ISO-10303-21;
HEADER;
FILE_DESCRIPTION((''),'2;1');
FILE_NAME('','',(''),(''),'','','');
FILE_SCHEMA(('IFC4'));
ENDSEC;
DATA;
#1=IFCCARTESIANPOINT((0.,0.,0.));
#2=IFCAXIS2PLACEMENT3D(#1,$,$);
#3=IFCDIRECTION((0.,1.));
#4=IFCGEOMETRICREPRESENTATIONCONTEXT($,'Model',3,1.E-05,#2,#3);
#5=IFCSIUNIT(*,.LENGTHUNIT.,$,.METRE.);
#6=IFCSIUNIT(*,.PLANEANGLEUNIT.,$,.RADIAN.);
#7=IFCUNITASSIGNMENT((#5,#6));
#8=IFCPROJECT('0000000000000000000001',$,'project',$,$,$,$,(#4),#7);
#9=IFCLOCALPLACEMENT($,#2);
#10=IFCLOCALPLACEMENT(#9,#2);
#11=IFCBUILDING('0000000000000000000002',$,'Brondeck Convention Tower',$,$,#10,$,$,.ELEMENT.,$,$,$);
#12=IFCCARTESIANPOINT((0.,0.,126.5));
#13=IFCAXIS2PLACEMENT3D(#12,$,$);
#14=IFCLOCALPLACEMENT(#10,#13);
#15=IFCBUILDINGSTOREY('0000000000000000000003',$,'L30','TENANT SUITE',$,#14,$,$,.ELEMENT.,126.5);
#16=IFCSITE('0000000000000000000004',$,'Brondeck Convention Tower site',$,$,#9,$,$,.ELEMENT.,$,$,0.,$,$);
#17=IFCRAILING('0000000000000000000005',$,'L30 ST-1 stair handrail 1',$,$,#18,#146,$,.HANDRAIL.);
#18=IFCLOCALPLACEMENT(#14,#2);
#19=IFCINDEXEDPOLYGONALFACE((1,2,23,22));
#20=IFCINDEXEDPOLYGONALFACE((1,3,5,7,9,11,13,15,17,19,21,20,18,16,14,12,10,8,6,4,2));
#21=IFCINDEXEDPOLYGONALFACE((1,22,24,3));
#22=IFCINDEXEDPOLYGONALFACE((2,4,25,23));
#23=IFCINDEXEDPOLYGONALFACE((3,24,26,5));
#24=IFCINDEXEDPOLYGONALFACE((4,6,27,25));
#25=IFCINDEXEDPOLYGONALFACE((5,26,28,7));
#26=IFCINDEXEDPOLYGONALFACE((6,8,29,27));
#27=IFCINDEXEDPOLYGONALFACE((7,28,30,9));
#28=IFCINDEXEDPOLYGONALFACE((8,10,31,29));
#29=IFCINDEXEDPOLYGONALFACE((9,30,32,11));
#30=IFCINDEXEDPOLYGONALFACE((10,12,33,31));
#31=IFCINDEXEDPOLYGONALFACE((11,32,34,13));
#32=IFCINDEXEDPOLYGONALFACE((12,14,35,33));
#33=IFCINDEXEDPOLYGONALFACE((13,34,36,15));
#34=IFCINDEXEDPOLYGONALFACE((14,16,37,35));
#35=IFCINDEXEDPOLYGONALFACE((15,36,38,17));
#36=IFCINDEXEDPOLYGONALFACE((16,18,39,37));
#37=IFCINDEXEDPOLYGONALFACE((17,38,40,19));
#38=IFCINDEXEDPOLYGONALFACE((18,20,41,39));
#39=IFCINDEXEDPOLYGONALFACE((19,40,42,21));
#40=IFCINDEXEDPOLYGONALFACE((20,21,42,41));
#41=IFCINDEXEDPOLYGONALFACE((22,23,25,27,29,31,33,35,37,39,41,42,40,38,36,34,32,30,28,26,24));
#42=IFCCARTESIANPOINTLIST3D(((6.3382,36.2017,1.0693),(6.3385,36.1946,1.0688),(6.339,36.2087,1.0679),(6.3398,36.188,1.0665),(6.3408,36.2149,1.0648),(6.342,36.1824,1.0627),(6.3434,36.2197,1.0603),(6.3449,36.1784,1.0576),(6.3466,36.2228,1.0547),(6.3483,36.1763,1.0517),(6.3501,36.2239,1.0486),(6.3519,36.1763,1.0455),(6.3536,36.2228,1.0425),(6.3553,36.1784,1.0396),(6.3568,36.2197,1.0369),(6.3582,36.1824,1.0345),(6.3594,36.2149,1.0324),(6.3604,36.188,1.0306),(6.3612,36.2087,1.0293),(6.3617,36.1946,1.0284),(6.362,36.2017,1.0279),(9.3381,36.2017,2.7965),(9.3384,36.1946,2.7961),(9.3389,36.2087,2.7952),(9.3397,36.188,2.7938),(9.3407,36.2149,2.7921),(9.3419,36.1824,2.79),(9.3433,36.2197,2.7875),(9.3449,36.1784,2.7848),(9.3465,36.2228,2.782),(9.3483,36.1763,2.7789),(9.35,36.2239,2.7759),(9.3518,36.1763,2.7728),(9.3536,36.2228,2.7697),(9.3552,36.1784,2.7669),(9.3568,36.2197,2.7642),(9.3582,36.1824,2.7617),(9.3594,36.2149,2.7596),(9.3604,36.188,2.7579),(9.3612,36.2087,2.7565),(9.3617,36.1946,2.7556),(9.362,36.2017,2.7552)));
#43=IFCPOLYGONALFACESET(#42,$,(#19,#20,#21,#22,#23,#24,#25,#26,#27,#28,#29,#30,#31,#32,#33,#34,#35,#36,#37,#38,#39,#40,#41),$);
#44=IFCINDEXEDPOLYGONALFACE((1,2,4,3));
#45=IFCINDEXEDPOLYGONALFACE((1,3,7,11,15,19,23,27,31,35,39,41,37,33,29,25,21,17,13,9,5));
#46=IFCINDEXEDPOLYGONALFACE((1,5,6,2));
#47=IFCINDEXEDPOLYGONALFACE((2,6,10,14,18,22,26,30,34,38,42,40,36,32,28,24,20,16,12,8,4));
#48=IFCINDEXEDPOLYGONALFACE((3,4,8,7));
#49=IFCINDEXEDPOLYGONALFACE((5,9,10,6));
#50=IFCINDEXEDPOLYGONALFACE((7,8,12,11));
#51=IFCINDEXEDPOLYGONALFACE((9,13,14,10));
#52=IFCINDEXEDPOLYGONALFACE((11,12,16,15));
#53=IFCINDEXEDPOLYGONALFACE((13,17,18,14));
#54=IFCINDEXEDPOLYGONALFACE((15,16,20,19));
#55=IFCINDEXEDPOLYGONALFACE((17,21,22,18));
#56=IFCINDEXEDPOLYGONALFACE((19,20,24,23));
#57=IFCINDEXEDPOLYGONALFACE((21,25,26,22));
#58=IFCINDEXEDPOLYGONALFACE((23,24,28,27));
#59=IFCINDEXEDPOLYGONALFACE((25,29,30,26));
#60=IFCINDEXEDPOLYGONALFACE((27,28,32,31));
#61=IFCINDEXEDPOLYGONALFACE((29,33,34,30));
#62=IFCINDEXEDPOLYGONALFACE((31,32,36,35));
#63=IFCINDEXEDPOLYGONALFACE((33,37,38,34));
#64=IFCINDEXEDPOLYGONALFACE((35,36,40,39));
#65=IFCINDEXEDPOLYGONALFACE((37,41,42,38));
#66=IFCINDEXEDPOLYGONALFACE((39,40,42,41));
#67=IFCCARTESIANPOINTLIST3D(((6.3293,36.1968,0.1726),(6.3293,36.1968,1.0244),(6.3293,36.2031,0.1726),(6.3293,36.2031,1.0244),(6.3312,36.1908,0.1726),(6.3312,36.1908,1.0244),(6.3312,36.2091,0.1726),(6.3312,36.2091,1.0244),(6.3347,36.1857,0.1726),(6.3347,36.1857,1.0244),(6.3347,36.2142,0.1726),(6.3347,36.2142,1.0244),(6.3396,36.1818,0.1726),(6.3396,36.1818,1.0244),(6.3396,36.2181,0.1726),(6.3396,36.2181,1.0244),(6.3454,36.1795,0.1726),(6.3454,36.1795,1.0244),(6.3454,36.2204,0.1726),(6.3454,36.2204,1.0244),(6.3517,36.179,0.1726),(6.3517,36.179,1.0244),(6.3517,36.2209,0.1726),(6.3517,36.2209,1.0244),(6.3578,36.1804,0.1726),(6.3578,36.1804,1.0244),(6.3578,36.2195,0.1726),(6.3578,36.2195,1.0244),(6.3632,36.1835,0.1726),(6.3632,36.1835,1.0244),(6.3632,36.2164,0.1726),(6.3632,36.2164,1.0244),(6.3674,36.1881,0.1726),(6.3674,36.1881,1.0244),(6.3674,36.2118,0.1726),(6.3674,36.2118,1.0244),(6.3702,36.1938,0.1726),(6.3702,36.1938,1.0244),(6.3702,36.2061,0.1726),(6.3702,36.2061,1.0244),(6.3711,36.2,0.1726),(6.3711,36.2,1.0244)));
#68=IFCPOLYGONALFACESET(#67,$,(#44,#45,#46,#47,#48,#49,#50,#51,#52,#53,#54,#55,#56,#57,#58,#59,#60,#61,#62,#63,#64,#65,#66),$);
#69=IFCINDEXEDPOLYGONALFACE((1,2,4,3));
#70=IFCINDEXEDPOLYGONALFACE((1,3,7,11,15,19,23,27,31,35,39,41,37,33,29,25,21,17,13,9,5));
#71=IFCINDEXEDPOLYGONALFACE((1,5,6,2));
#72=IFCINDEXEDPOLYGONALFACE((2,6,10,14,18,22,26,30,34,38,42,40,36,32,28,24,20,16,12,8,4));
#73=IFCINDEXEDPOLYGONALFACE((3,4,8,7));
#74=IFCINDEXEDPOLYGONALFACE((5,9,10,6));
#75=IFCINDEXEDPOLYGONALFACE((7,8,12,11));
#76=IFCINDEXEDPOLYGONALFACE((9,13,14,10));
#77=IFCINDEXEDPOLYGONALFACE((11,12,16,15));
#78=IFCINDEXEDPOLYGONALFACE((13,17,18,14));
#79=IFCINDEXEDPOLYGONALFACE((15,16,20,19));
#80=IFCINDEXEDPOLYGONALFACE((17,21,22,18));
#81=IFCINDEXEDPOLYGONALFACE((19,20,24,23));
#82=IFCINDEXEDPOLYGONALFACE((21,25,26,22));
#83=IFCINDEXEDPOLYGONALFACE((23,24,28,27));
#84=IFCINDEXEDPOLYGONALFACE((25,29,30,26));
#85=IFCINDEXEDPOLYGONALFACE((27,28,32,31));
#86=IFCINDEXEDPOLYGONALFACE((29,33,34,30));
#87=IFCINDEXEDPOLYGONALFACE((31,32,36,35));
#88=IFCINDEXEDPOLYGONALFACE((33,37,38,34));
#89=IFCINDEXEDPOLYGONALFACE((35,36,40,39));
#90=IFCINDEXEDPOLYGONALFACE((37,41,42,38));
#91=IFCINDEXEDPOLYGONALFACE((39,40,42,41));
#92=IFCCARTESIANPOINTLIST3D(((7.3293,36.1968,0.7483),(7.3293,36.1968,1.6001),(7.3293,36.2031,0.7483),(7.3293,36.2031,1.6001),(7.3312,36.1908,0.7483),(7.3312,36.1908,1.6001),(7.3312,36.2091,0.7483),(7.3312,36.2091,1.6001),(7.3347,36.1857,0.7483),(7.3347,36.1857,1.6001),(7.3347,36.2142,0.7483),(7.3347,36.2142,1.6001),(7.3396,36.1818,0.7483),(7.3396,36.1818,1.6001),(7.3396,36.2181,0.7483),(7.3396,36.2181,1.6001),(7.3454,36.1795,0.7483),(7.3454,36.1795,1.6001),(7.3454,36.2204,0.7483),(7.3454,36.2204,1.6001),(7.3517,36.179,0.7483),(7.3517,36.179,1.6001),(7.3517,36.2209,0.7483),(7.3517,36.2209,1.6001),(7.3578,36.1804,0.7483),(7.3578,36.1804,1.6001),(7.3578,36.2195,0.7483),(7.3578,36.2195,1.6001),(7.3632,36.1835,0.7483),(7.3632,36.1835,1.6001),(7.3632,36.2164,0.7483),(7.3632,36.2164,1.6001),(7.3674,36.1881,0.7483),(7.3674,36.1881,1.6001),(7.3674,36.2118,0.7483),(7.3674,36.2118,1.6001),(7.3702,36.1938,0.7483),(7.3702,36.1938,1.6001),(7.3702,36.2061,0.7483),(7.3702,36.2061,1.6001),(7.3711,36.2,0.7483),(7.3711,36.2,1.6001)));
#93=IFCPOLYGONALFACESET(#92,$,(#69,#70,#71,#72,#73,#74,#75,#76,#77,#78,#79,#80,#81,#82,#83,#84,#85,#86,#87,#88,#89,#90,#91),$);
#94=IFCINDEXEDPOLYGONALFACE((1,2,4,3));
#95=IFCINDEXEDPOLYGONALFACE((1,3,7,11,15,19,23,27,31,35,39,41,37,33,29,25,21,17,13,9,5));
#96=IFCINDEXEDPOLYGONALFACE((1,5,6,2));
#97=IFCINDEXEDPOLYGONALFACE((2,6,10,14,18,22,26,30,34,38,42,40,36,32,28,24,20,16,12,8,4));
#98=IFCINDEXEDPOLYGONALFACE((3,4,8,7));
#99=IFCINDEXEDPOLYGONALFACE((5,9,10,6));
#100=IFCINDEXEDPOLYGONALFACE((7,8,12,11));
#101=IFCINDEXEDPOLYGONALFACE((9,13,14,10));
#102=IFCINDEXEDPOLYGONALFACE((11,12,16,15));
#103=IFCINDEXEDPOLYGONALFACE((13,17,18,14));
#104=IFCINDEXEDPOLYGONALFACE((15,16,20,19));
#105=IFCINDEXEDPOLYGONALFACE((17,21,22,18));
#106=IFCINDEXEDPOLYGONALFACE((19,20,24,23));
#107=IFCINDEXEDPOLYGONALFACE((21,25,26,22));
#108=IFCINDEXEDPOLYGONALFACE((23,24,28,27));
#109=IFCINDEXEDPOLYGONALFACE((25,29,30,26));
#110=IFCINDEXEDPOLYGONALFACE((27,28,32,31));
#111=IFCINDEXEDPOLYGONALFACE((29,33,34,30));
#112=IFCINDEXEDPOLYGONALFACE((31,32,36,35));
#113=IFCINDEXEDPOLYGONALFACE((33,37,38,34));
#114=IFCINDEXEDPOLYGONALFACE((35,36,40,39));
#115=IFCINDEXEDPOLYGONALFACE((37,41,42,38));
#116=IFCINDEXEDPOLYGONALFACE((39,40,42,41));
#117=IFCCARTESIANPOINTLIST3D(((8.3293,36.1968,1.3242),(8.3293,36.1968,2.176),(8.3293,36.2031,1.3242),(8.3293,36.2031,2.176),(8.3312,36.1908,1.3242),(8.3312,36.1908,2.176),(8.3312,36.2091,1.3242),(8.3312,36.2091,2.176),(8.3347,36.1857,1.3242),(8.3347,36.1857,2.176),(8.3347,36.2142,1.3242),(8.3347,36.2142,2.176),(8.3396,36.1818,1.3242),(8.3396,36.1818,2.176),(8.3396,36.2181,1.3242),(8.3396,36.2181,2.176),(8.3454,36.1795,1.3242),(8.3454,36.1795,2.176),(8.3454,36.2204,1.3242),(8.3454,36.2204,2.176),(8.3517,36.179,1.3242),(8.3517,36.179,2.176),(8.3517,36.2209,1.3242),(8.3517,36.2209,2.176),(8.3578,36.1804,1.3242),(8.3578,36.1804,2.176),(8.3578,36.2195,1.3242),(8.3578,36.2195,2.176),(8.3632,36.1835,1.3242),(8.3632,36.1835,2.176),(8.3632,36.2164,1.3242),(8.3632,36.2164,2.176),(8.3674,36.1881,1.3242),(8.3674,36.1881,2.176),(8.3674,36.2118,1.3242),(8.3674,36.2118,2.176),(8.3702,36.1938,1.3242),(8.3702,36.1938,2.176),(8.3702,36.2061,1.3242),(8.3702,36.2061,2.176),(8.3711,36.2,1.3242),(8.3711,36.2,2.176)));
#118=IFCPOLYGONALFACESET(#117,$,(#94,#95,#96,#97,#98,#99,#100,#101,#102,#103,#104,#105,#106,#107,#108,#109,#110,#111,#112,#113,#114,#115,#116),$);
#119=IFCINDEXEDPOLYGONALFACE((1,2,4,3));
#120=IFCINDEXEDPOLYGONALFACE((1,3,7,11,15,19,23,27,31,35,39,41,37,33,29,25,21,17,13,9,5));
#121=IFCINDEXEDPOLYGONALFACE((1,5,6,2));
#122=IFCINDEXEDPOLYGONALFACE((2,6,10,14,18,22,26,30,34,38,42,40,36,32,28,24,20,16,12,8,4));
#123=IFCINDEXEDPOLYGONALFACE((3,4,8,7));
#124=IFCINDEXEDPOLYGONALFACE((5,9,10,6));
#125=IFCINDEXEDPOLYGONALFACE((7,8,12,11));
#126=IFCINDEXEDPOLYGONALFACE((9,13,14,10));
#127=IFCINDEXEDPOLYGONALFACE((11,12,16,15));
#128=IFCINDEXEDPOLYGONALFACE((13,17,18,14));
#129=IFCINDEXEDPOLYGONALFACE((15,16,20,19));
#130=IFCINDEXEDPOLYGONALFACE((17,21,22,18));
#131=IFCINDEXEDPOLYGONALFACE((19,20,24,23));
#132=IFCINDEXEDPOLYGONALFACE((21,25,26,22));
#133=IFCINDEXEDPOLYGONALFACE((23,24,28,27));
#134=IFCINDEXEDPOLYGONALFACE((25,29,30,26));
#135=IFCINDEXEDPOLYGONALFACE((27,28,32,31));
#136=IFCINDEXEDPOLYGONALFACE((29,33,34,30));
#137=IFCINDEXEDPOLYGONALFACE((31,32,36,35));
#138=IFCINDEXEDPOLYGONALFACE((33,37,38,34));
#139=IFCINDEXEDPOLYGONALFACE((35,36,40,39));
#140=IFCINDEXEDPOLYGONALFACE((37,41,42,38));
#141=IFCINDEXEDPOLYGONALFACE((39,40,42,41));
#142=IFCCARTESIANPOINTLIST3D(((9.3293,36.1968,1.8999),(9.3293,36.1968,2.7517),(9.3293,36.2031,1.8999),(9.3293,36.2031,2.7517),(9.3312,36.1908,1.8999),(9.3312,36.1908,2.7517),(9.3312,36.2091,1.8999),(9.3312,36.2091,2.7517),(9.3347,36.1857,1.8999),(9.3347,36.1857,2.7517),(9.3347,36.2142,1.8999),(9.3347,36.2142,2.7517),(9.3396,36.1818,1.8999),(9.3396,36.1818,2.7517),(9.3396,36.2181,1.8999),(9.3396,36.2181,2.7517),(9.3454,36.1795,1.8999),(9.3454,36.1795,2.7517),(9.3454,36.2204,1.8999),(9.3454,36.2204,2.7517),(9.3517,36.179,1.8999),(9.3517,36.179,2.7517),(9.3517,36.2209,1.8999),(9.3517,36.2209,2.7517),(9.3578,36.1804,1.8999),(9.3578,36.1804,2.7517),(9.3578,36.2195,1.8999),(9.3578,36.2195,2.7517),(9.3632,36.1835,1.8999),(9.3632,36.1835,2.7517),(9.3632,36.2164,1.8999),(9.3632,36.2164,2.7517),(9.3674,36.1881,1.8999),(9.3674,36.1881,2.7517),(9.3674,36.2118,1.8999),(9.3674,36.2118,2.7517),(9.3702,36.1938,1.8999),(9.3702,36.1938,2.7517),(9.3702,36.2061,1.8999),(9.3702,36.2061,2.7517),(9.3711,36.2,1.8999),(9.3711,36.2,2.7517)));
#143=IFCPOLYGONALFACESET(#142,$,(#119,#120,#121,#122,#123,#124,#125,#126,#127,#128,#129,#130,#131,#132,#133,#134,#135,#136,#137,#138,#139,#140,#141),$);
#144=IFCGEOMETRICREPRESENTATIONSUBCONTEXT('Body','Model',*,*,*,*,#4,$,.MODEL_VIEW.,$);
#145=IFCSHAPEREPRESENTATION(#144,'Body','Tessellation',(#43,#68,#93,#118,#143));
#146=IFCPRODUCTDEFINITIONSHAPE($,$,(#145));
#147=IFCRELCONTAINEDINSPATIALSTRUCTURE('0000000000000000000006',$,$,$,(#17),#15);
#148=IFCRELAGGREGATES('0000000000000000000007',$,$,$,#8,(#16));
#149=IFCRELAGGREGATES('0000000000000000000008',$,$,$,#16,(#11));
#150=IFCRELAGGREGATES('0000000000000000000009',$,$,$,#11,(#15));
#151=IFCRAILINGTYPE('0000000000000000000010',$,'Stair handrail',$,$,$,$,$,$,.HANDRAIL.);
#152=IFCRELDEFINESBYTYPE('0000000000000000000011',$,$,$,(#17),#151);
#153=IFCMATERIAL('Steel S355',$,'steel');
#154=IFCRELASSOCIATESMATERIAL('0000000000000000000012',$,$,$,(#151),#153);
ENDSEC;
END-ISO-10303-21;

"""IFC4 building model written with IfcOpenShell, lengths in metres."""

from ifc_helpers import new_model, si_unit, direction, frame, origin, origin_2d, place, context, subcontext, project, spatial, circle, extrude, material, type_object, element, save


model = new_model("IFC4")

# Units and contexts
model_context = context("Model", 3, precision=1e-05, world=origin(), true_north=direction((0.0, 1.0)))
body_context = subcontext(model_context, "Body", "Model", "MODEL_VIEW")
ifc_project = project(units=[si_unit("LENGTHUNIT", "METRE"), si_unit("PLANEANGLEUNIT", "RADIAN")], contexts=[model_context])

# Site, building, storey
site_placement = place(None, origin())
site = spatial("IfcSite", under=ifc_project, at=site_placement, Name="Brondeck Convention Tower site", CompositionType="ELEMENT", RefElevation=0.0)
building_placement = place(site_placement, origin())
building = spatial("IfcBuilding", under=site, at=building_placement, Name="Brondeck Convention Tower", CompositionType="ELEMENT")
storey_placement = place(building_placement, frame((0.0, 0.0, 126.5)))
storey = spatial("IfcBuildingStorey", under=building, at=storey_placement, Name="L30", Description="TENANT SUITE", CompositionType="ELEMENT", Elevation=126.5)

# Railing
ifc_material_1 = material(Name="Steel S355", Category="steel")
railing_type_1 = type_object("IfcRailingType", Name="Stair handrail", PredefinedType="HANDRAIL", material=ifc_material_1)
railing_1_placement = place(storey_placement, frame((6.3501, 36.2, 0.1726)))
element("IfcRailing", 1, at=railing_1_placement, inside=storey, type_object=railing_type_1, Name="L30 ST-1 stair handrail 1", PredefinedType="HANDRAIL", context=body_context, shape_type="SweptSolid", body=[
    extrude(circle(Radius=0.0239, at=origin_2d()), frame((0.0, 0.0, 0.876), z_axis=(0.86662, 0.0, 0.498969), x_axis=(0.0, 1.0, 0.0)), (0.0, 0.0, 1.0), 3.4617),
    extrude(circle(Radius=0.021, at=origin_2d()), origin(), (0.0, 0.0, 1.0), 0.8518),
    extrude(circle(Radius=0.021, at=origin_2d()), frame((1.0, 0.0, 0.5757)), (0.0, 0.0, 1.0), 0.8518),
    extrude(circle(Radius=0.021, at=origin_2d()), frame((2.0, 0.0, 1.1516)), (0.0, 0.0, 1.0), 0.8518),
    extrude(circle(Radius=0.021, at=origin_2d()), frame((3.0, 0.0, 1.7273)), (0.0, 0.0, 1.0), 0.8518),
])

save(model, "model.ifc")
